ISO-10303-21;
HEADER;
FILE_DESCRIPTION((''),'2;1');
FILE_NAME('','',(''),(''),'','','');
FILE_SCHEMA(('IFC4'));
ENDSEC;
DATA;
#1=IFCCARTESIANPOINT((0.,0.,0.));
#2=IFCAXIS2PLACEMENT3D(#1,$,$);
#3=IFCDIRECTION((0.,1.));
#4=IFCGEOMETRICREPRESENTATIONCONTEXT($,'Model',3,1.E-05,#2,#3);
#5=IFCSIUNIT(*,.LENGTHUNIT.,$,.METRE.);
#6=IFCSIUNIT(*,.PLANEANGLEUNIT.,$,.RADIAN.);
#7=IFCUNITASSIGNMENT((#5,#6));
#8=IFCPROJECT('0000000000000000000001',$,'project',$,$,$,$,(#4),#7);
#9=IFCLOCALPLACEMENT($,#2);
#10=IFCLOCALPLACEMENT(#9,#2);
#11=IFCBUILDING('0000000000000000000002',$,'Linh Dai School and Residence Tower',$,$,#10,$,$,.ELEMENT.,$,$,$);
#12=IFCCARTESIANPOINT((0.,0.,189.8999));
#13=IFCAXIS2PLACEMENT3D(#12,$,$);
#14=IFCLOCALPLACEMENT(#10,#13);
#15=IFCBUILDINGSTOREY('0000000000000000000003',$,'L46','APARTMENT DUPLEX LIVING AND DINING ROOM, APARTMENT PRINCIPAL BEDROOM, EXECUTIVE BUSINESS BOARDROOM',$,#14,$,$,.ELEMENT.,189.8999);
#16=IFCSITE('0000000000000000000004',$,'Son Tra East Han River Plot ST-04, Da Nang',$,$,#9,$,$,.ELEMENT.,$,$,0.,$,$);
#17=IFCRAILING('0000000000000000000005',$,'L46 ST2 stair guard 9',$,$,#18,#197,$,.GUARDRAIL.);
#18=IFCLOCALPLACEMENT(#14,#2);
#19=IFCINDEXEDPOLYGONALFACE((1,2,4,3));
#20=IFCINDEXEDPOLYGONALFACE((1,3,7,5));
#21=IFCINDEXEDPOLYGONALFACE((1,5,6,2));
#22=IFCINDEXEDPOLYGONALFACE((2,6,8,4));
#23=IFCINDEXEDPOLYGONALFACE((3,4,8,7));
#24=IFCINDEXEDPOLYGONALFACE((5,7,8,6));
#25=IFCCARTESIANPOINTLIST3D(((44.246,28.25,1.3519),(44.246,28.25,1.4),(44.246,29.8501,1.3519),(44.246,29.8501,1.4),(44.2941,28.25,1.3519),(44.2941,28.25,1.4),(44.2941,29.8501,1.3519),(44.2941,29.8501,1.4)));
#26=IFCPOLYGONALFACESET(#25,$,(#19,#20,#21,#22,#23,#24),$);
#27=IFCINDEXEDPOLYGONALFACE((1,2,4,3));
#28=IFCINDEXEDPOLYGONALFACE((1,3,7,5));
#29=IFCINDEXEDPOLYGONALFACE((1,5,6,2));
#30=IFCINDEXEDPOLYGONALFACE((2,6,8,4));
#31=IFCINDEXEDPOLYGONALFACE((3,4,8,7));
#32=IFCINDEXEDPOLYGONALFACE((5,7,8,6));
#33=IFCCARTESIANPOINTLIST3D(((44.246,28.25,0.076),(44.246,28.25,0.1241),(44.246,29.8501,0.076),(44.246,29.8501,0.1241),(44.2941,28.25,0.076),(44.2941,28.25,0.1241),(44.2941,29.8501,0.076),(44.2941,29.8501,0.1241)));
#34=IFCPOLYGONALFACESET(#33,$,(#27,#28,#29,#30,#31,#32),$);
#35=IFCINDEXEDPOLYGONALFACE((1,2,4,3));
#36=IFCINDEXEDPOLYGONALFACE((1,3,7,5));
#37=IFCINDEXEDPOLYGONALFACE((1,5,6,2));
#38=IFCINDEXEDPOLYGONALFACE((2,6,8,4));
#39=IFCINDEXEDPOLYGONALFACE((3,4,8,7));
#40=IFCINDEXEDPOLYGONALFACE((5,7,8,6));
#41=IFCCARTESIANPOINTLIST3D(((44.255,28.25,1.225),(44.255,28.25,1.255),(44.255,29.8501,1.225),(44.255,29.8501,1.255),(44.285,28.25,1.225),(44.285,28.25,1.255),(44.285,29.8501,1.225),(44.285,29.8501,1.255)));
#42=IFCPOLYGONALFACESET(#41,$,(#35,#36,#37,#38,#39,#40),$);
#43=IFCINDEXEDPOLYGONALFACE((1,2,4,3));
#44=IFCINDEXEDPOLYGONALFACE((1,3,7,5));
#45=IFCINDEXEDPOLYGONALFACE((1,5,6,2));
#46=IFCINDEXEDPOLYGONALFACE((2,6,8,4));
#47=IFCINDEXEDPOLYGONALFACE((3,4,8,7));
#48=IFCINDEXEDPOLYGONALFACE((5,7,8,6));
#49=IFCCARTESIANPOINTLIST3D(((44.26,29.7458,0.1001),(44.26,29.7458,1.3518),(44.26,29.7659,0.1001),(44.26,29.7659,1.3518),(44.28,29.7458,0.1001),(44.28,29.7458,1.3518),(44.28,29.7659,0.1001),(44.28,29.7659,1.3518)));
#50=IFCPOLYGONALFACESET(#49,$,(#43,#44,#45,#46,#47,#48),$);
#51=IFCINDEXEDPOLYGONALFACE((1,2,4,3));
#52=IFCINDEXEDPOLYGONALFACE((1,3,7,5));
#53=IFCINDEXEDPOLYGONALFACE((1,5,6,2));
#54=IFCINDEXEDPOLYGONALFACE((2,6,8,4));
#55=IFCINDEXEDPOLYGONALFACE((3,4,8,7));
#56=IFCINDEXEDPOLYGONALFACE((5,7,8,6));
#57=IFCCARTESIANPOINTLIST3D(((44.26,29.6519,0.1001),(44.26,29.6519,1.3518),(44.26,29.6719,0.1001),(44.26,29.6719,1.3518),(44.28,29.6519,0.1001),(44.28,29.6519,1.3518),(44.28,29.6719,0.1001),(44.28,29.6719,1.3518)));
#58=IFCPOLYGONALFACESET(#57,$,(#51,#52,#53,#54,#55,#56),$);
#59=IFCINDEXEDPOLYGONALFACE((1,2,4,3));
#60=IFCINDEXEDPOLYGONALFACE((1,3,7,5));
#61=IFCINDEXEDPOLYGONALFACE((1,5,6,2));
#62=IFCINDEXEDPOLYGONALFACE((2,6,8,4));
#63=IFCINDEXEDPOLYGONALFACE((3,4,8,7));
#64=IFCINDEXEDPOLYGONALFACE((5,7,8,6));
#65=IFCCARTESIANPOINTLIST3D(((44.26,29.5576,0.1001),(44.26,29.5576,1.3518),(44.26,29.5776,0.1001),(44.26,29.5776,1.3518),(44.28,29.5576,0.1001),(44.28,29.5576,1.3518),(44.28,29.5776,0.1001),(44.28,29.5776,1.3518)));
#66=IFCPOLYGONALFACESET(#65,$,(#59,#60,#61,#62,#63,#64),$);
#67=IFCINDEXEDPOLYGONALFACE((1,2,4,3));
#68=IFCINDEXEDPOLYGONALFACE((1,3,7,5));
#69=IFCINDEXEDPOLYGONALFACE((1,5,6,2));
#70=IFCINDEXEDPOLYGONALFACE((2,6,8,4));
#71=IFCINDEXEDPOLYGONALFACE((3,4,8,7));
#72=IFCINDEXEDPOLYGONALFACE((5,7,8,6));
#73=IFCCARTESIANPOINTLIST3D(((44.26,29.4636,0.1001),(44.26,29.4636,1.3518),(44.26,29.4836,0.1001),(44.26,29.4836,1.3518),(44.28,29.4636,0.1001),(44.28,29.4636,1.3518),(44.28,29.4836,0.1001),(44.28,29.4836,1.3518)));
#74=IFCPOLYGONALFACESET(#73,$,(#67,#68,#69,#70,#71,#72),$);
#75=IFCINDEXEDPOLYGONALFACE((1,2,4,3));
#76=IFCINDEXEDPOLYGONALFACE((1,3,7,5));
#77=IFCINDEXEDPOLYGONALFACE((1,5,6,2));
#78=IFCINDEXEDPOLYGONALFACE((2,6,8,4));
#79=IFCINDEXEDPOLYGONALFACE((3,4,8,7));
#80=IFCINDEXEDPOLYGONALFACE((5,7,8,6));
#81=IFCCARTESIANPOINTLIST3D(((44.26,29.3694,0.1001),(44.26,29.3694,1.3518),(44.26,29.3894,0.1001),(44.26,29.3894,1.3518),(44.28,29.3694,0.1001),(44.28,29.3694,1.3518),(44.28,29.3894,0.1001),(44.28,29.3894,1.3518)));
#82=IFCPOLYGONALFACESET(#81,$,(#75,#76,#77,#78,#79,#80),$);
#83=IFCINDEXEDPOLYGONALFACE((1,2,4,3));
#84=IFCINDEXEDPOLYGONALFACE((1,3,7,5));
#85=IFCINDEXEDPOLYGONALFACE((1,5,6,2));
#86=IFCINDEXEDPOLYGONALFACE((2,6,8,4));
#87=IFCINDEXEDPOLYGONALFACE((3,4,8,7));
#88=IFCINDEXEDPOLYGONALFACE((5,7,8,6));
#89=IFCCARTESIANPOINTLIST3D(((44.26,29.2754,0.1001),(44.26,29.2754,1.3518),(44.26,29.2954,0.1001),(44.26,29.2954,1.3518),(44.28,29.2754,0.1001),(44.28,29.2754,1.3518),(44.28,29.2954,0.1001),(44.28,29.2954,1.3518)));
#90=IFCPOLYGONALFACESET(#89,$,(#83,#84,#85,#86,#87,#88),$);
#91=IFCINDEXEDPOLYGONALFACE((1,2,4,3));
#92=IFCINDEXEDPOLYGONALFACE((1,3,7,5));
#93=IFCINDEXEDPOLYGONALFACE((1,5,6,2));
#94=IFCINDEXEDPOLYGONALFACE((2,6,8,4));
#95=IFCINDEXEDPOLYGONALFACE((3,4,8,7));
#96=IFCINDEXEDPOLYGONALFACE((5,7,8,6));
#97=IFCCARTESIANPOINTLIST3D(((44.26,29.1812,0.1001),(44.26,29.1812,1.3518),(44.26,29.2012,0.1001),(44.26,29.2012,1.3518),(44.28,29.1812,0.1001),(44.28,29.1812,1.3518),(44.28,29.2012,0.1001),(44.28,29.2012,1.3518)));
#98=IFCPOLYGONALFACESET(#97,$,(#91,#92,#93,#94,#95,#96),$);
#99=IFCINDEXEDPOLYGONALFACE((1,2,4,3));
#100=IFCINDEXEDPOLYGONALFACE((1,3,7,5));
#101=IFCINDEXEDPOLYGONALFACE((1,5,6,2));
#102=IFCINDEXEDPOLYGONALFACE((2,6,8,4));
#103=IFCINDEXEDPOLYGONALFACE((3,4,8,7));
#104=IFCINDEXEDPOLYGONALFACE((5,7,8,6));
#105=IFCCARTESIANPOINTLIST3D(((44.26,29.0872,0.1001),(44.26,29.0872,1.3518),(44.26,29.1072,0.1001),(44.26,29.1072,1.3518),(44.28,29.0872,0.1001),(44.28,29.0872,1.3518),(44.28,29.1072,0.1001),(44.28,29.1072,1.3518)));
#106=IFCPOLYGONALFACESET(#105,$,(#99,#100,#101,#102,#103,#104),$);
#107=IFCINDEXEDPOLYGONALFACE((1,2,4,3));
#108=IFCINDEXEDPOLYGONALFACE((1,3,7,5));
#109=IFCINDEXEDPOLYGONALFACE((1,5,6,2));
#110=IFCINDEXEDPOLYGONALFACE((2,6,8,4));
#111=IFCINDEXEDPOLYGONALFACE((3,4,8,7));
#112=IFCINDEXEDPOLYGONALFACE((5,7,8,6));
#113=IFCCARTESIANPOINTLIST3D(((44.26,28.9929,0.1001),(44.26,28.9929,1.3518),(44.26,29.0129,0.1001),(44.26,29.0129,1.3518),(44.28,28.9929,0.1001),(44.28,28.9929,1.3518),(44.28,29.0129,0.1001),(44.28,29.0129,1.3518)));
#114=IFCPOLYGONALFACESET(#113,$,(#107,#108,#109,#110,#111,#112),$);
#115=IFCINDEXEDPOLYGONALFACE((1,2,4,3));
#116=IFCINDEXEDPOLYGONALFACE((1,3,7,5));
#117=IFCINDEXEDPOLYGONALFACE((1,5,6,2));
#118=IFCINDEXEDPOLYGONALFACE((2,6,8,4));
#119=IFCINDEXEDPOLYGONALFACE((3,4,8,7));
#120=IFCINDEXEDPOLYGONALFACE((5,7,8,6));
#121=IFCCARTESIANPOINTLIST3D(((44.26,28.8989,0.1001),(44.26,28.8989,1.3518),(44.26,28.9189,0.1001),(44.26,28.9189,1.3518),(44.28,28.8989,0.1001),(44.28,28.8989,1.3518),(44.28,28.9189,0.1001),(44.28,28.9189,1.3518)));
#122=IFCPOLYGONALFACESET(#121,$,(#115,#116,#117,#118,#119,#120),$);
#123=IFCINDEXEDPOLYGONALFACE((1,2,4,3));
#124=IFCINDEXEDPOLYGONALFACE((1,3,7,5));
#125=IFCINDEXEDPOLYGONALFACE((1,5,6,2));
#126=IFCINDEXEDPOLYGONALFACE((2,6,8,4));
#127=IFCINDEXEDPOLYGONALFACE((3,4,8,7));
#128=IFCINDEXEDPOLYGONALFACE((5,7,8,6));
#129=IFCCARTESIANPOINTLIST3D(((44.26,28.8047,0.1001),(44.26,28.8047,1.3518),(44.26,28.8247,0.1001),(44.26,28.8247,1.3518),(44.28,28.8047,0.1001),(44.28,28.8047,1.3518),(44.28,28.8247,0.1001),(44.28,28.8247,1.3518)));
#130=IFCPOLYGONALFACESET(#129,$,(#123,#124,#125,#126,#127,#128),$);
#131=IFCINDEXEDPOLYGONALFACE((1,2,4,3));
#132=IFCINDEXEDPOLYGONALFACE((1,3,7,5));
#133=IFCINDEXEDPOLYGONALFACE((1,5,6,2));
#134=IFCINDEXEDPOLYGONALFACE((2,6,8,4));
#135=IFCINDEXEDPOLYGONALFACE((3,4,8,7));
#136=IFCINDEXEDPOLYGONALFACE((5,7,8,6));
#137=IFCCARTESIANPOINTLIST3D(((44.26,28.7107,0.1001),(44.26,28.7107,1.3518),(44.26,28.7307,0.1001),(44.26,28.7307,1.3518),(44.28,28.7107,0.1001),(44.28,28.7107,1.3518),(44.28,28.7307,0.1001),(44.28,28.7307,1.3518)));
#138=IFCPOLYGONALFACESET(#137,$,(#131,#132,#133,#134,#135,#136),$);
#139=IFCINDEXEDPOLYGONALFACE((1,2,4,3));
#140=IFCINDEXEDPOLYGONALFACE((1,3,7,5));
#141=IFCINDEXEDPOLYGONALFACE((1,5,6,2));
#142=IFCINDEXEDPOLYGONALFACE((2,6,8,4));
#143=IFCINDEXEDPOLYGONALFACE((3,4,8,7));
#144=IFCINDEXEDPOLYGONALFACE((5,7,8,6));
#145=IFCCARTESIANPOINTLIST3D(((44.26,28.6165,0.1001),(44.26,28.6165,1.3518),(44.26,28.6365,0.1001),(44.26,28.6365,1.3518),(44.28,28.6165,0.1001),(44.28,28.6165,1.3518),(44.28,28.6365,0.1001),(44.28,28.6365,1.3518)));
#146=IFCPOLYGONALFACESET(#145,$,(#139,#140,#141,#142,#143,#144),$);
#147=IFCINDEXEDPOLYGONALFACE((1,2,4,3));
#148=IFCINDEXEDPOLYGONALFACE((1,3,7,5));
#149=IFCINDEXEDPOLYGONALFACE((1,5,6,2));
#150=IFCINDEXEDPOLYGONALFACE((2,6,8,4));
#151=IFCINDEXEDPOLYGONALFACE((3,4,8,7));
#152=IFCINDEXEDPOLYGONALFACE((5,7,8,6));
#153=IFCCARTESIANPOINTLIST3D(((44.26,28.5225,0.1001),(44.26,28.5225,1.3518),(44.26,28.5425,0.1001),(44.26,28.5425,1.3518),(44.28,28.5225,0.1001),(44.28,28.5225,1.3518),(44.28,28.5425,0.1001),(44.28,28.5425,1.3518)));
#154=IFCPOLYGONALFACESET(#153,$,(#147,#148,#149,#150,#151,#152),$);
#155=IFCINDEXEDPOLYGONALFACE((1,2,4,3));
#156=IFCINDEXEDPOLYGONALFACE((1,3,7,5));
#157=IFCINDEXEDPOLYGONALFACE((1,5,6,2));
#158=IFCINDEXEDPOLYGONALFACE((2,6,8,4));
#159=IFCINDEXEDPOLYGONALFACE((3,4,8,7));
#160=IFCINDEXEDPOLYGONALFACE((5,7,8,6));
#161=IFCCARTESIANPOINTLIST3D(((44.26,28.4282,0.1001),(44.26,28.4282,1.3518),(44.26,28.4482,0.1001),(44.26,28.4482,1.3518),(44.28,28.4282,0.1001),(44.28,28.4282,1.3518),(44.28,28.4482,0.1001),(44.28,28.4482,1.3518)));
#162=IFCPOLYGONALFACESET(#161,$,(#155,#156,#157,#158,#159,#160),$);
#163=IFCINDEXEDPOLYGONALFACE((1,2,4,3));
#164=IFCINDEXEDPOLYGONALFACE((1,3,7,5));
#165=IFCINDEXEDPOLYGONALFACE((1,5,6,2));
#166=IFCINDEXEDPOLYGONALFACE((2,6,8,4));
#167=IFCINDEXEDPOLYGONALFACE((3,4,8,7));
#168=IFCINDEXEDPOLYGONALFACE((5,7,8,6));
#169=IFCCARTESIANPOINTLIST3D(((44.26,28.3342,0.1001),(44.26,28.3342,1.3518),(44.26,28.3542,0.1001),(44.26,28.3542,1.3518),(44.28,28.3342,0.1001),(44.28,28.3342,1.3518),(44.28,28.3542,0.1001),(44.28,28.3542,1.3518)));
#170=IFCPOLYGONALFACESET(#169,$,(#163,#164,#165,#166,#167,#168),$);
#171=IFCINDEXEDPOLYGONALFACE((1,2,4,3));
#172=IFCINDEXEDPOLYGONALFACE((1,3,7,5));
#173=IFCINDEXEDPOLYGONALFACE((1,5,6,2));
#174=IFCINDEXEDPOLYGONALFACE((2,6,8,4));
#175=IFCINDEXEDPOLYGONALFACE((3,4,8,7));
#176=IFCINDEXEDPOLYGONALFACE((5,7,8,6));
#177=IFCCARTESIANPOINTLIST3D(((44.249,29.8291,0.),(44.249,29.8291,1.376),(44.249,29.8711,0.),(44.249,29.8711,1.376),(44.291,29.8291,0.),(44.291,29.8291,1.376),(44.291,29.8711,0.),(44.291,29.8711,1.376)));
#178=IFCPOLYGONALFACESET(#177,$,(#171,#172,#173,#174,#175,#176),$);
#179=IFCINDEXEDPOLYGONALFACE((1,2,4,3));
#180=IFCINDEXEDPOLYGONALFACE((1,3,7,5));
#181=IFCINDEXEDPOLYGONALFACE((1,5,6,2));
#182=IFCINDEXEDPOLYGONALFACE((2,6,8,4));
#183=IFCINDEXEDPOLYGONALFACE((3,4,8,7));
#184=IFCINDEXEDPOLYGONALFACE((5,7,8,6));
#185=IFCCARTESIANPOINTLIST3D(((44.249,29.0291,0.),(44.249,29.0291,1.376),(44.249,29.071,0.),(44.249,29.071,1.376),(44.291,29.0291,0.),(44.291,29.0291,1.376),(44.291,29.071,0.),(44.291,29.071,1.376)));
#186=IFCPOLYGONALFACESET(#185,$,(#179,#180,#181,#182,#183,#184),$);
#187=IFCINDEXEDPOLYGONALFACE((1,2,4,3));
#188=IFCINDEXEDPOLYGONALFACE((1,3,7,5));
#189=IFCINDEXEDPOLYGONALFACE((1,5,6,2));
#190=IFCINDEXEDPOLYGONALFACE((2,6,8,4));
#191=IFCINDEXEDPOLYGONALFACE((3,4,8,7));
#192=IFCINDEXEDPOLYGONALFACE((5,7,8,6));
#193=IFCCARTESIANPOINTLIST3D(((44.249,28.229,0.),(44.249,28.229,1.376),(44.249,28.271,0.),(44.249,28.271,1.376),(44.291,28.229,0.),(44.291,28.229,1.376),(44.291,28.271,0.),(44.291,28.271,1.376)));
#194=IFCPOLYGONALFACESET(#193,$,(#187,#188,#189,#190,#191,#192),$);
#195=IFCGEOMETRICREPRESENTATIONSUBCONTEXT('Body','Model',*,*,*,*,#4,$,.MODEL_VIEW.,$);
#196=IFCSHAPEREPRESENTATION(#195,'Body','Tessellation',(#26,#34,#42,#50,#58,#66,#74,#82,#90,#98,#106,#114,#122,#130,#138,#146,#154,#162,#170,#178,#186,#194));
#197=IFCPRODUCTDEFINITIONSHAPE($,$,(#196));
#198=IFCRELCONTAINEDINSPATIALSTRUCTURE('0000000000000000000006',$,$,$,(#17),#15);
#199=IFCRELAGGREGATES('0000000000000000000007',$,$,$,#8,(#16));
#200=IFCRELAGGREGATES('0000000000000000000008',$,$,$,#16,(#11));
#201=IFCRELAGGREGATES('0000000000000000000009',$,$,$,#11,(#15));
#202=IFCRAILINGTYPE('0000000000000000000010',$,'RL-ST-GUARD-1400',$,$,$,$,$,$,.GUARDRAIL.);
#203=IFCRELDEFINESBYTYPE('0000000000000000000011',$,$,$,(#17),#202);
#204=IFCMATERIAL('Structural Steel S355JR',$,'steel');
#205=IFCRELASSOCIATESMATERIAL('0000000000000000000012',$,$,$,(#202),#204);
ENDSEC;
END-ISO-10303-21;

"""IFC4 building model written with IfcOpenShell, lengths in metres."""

from ifc_helpers import new_model, si_unit, direction, frame, origin, origin_2d, place, context, subcontext, project, spatial, rectangle, extrude, source, transform, mapped, material, type_object, element, save


model = new_model("IFC4")

# Units and contexts
model_context = context("Model", 3, precision=1e-05, world=origin(), true_north=direction((0.0, 1.0)))
body_context = subcontext(model_context, "Body", "Model", "MODEL_VIEW")
ifc_project = project(units=[si_unit("LENGTHUNIT", "METRE"), si_unit("PLANEANGLEUNIT", "RADIAN")], contexts=[model_context])

# Site, building, storey
site_placement = place(None, origin())
site = spatial("IfcSite", under=ifc_project, at=site_placement, Name="Son Tra East Han River Plot ST-04, Da Nang", CompositionType="ELEMENT", RefElevation=0.0)
building_placement = place(site_placement, origin())
building = spatial("IfcBuilding", under=site, at=building_placement, Name="Linh Dai School and Residence Tower", CompositionType="ELEMENT")
storey_placement = place(building_placement, frame((0.0, 0.0, 189.8999)))
storey = spatial("IfcBuildingStorey", under=building, at=storey_placement, Name="L46", Description="APARTMENT DUPLEX LIVING AND DINING ROOM, APARTMENT PRINCIPAL BEDROOM, EXECUTIVE BUSINESS BOARDROOM", CompositionType="ELEMENT", Elevation=189.8999)

# Shared definitions
ifc_material_1 = material(Name="Structural Steel S355JR", Category="steel")

# Railing
railing_type_1 = type_object("IfcRailingType", Name="RL-ST-GUARD-1400", PredefinedType="GUARDRAIL", material=ifc_material_1)
shared_shape_1 = source(origin(), body_context, "Body", "SweptSolid", [
    extrude(rectangle(XDim=0.0481, YDim=0.0481, at=origin_2d()), frame((0.0, 0.0, 1.376), z_axis=(0.0, -1.0, 0.0), x_axis=(1.0, 0.0, 0.0)), (0.0, 0.0, 1.0), 1.6001),
    extrude(rectangle(XDim=0.0481, YDim=0.0481, at=origin_2d()), frame((0.0, 0.0, 0.1001), z_axis=(0.0, -1.0, 0.0), x_axis=(1.0, 0.0, 0.0)), (0.0, 0.0, 1.0), 1.6001),
    extrude(rectangle(XDim=0.03, YDim=0.03, at=origin_2d()), frame((0.0, 0.0, 1.24), z_axis=(0.0, -1.0, 0.0), x_axis=(1.0, 0.0, 0.0)), (0.0, 0.0, 1.0), 1.6001),
    extrude(rectangle(XDim=0.02, YDim=0.02, at=origin_2d()), frame((0.0, -0.0942, 0.1001)), (0.0, 0.0, 1.0), 1.2517),
    extrude(rectangle(XDim=0.02, YDim=0.02, at=origin_2d()), frame((0.0, -0.1882, 0.1001)), (0.0, 0.0, 1.0), 1.2517),
    extrude(rectangle(XDim=0.02, YDim=0.02, at=origin_2d()), frame((0.0, -0.2825, 0.1001)), (0.0, 0.0, 1.0), 1.2517),
    extrude(rectangle(XDim=0.02, YDim=0.02, at=origin_2d()), frame((0.0, -0.3765, 0.1001)), (0.0, 0.0, 1.0), 1.2517),
    extrude(rectangle(XDim=0.02, YDim=0.02, at=origin_2d()), frame((0.0, -0.4707, 0.1001)), (0.0, 0.0, 1.0), 1.2517),
    extrude(rectangle(XDim=0.02, YDim=0.02, at=origin_2d()), frame((0.0, -0.5647, 0.1001)), (0.0, 0.0, 1.0), 1.2517),
    extrude(rectangle(XDim=0.02, YDim=0.02, at=origin_2d()), frame((0.0, -0.6589, 0.1001)), (0.0, 0.0, 1.0), 1.2517),
    extrude(rectangle(XDim=0.02, YDim=0.02, at=origin_2d()), frame((0.0, -0.7529, 0.1001)), (0.0, 0.0, 1.0), 1.2517),
    extrude(rectangle(XDim=0.02, YDim=0.02, at=origin_2d()), frame((0.0, -0.8472, 0.1001)), (0.0, 0.0, 1.0), 1.2517),
    extrude(rectangle(XDim=0.02, YDim=0.02, at=origin_2d()), frame((0.0, -0.9412, 0.1001)), (0.0, 0.0, 1.0), 1.2517),
    extrude(rectangle(XDim=0.02, YDim=0.02, at=origin_2d()), frame((0.0, -1.0354, 0.1001)), (0.0, 0.0, 1.0), 1.2517),
    extrude(rectangle(XDim=0.02, YDim=0.02, at=origin_2d()), frame((0.0, -1.1294, 0.1001)), (0.0, 0.0, 1.0), 1.2517),
    extrude(rectangle(XDim=0.02, YDim=0.02, at=origin_2d()), frame((0.0, -1.2236, 0.1001)), (0.0, 0.0, 1.0), 1.2517),
    extrude(rectangle(XDim=0.02, YDim=0.02, at=origin_2d()), frame((0.0, -1.3176, 0.1001)), (0.0, 0.0, 1.0), 1.2517),
    extrude(rectangle(XDim=0.02, YDim=0.02, at=origin_2d()), frame((0.0, -1.4119, 0.1001)), (0.0, 0.0, 1.0), 1.2517),
    extrude(rectangle(XDim=0.02, YDim=0.02, at=origin_2d()), frame((0.0, -1.5059, 0.1001)), (0.0, 0.0, 1.0), 1.2517),
    extrude(rectangle(XDim=0.042, YDim=0.042, at=origin_2d()), origin(), (0.0, 0.0, 1.0), 1.376),
    extrude(rectangle(XDim=0.042, YDim=0.042, at=origin_2d()), frame((0.0, -0.8, 0.0)), (0.0, 0.0, 1.0), 1.376),
    extrude(rectangle(XDim=0.042, YDim=0.042, at=origin_2d()), frame((0.0, -1.6001, 0.0)), (0.0, 0.0, 1.0), 1.376),
])
for number, where, name in (
    (1, (44.27, 29.8501, 0.0), "L46 ST2 stair guard 9"),
):
    element("IfcRailing", number, at=place(storey_placement, frame(where)), inside=storey, type_object=railing_type_1, Name=name, PredefinedType="GUARDRAIL", context=body_context, shape_type="MappedRepresentation", body=[
        mapped(shared_shape_1, transform((0.0, 0.0, 0.0), x_axis=(1.0, 0.0, 0.0), y_axis=(0.0, 1.0, 0.0), z_axis=(0.0, 0.0, 1.0), scale=1.0)),
    ])

save(model, "model.ifc")
